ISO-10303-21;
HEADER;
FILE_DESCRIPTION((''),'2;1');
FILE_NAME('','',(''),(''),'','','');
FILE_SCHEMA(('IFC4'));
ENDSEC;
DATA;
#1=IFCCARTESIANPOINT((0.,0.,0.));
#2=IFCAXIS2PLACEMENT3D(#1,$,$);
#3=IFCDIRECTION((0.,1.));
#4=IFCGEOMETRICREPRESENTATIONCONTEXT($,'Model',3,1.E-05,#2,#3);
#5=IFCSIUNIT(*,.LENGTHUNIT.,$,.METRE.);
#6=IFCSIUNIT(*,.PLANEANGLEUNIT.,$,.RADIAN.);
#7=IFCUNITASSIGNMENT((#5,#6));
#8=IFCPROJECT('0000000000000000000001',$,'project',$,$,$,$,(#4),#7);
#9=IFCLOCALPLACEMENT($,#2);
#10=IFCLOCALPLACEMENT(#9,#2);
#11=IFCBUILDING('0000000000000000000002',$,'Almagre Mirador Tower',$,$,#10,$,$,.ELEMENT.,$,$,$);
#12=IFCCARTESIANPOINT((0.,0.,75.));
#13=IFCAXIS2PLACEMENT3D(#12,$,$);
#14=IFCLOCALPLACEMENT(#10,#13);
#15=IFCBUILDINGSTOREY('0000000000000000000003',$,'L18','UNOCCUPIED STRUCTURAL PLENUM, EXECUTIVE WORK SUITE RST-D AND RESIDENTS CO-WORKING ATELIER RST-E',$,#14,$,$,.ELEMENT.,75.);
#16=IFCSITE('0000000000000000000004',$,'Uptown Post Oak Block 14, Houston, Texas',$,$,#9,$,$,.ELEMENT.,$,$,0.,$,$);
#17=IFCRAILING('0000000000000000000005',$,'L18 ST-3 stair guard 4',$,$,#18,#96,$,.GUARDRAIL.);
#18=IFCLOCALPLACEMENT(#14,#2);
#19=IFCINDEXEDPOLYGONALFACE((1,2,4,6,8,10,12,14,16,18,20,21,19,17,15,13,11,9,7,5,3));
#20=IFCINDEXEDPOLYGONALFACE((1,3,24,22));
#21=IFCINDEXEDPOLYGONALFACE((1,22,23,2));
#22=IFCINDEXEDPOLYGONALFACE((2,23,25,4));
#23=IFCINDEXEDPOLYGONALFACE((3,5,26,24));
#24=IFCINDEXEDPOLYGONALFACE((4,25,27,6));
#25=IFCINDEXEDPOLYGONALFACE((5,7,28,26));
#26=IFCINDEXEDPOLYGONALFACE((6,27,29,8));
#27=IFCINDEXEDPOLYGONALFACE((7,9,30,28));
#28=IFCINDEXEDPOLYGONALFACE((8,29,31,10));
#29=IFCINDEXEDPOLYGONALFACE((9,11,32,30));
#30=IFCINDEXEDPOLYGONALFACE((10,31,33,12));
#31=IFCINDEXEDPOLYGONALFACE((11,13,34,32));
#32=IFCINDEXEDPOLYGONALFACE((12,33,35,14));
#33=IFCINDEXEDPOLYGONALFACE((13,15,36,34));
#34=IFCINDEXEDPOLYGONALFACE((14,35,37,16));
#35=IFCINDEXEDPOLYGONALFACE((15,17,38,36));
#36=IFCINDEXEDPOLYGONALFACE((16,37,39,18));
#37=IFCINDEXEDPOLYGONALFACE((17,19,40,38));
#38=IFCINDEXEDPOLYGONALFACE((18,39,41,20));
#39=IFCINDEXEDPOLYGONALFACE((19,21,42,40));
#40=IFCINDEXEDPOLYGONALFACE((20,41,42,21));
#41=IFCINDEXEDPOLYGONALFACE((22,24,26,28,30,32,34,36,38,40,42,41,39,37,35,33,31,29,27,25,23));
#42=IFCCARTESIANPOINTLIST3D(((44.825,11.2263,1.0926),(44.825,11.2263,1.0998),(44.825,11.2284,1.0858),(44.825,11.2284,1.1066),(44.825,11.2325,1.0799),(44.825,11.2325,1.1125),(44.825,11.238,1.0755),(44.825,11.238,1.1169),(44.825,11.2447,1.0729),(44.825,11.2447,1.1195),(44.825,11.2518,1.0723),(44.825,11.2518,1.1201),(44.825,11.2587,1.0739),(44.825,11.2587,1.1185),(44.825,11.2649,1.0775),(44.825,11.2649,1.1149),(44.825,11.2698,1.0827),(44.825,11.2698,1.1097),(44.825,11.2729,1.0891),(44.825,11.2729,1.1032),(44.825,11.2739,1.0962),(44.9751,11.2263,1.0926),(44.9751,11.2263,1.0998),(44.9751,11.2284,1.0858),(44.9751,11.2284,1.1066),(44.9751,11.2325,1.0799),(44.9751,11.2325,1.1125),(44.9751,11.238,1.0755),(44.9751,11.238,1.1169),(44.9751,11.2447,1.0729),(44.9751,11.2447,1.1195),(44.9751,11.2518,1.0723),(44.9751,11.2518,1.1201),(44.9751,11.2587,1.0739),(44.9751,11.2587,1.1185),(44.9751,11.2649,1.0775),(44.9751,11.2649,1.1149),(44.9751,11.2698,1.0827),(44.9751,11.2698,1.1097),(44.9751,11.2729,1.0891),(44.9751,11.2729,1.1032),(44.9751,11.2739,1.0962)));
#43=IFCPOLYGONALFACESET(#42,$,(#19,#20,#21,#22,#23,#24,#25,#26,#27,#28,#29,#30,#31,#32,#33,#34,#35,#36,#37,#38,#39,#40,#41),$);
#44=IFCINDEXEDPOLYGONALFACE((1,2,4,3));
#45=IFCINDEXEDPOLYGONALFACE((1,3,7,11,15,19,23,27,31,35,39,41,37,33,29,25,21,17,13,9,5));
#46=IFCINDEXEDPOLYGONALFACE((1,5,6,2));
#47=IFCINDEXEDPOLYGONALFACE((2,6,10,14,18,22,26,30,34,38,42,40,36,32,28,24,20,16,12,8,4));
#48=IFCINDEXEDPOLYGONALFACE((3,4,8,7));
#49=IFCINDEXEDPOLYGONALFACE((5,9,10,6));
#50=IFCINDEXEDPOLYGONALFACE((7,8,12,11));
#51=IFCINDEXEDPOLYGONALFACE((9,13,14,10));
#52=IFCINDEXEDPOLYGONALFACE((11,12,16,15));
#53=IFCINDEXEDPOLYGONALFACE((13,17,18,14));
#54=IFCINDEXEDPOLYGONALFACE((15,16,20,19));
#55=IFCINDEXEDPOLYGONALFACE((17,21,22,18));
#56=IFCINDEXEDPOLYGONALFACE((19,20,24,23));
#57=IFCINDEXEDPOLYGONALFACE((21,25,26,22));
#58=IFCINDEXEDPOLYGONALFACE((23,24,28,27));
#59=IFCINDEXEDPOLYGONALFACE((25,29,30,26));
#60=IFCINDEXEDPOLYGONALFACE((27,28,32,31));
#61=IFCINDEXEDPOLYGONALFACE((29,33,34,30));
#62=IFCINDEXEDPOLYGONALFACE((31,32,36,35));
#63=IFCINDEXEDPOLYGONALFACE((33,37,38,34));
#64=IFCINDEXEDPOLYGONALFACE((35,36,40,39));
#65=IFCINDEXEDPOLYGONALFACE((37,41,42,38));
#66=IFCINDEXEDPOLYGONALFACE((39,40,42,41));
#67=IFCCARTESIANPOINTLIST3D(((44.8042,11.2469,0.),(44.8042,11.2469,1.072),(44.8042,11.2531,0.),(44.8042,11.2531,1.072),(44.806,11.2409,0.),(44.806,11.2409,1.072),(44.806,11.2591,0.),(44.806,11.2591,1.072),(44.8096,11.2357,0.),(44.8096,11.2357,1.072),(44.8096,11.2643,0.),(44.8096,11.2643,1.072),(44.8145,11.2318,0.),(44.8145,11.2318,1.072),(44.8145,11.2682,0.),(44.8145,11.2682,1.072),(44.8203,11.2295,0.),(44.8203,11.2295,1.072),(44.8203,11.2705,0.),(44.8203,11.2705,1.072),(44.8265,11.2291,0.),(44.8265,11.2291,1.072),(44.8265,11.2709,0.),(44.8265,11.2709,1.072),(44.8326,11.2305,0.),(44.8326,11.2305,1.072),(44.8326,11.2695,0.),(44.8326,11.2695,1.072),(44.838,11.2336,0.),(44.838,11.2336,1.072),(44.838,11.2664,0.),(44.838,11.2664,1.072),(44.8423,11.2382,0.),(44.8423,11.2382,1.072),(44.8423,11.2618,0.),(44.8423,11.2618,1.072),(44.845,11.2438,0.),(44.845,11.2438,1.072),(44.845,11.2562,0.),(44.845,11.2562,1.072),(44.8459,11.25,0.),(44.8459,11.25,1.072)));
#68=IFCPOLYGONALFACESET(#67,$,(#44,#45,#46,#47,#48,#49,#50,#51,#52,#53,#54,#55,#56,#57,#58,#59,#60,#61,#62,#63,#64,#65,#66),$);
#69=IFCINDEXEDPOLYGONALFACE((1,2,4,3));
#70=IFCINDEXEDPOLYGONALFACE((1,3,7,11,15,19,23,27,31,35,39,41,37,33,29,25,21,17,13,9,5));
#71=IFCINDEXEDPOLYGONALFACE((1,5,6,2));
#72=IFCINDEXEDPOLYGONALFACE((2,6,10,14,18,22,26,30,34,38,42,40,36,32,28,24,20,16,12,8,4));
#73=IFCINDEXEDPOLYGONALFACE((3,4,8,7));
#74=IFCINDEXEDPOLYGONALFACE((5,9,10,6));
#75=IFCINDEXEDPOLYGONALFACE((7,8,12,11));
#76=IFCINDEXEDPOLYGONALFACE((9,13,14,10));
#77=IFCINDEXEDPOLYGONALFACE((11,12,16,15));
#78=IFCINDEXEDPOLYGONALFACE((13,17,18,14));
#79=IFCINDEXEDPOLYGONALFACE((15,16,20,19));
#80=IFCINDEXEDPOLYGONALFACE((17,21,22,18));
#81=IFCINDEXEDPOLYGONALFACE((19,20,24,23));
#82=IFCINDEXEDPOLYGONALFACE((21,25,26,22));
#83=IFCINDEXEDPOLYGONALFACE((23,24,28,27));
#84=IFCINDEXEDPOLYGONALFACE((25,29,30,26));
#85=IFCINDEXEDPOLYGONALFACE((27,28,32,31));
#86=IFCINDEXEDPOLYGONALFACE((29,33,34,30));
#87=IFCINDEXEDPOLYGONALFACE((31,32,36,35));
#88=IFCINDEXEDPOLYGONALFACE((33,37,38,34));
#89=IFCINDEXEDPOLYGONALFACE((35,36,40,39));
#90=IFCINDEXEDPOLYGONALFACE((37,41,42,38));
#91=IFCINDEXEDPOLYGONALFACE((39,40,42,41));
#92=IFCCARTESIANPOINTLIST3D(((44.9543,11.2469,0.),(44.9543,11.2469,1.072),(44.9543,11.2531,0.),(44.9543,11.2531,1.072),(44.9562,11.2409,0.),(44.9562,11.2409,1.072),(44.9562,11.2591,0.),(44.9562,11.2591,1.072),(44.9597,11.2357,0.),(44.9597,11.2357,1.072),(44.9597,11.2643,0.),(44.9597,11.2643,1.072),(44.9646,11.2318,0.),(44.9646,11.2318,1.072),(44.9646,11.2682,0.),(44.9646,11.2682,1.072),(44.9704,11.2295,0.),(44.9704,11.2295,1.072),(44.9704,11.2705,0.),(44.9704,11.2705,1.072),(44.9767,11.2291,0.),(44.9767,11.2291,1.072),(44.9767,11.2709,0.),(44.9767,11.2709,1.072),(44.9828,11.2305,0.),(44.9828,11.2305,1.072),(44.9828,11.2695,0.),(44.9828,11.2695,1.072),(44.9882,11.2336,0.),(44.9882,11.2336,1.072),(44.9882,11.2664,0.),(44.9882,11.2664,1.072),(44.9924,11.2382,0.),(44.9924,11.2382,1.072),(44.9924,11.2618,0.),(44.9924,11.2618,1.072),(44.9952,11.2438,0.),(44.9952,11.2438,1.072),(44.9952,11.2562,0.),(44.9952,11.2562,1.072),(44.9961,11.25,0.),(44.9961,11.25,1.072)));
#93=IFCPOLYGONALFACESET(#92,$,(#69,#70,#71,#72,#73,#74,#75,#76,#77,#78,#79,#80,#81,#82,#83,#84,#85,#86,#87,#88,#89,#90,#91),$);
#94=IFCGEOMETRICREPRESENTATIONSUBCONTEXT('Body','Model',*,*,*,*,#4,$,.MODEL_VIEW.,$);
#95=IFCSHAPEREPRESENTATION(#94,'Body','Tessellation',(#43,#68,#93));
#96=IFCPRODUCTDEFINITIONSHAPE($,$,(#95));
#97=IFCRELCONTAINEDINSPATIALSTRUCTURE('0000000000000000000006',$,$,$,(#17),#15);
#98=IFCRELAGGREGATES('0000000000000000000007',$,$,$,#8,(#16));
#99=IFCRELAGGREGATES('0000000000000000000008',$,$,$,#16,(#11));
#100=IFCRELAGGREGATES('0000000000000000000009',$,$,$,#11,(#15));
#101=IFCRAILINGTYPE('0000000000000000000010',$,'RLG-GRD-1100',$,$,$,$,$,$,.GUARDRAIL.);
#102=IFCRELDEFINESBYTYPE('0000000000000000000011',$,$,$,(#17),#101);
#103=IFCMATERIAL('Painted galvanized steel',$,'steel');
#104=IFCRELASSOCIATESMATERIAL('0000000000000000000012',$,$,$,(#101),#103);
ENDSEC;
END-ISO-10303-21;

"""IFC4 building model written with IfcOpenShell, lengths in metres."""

from ifc_helpers import new_model, si_unit, direction, frame, origin, origin_2d, place, context, subcontext, project, spatial, circle, extrude, material, type_object, element, save


model = new_model("IFC4")

# Units and contexts
model_context = context("Model", 3, precision=1e-05, world=origin(), true_north=direction((0.0, 1.0)))
body_context = subcontext(model_context, "Body", "Model", "MODEL_VIEW")
ifc_project = project(units=[si_unit("LENGTHUNIT", "METRE"), si_unit("PLANEANGLEUNIT", "RADIAN")], contexts=[model_context])

# Site, building, storey
site_placement = place(None, origin())
site = spatial("IfcSite", under=ifc_project, at=site_placement, Name="Uptown Post Oak Block 14, Houston, Texas", CompositionType="ELEMENT", RefElevation=0.0)
building_placement = place(site_placement, origin())
building = spatial("IfcBuilding", under=site, at=building_placement, Name="Almagre Mirador Tower", CompositionType="ELEMENT")
storey_placement = place(building_placement, frame((0.0, 0.0, 75.0)))
storey = spatial("IfcBuildingStorey", under=building, at=storey_placement, Name="L18", Description="UNOCCUPIED STRUCTURAL PLENUM, EXECUTIVE WORK SUITE RST-D AND RESIDENTS CO-WORKING ATELIER RST-E", CompositionType="ELEMENT", Elevation=75.0)

# Railing
ifc_material_1 = material(Name="Painted galvanized steel", Category="steel")
railing_type_1 = type_object("IfcRailingType", Name="RLG-GRD-1100", PredefinedType="GUARDRAIL", material=ifc_material_1)
railing_1_placement = place(storey_placement, frame((44.825, 11.25, 0.0)))
element("IfcRailing", 1, at=railing_1_placement, inside=storey, type_object=railing_type_1, Name="L18 ST-3 stair guard 4", PredefinedType="GUARDRAIL", context=body_context, shape_type="SweptSolid", body=[
    extrude(circle(Radius=0.0239, at=origin_2d()), frame((0.0, 0.0, 1.0962), z_axis=(1.0, 0.0, 0.0), x_axis=(0.0, 1.0, 0.0)), (0.0, 0.0, 1.0), 0.1501),
    extrude(circle(Radius=0.021, at=origin_2d()), origin(), (0.0, 0.0, 1.0), 1.072),
    extrude(circle(Radius=0.021, at=origin_2d()), frame((0.1501, 0.0, 0.0)), (0.0, 0.0, 1.0), 1.072),
])

save(model, "model.ifc")
